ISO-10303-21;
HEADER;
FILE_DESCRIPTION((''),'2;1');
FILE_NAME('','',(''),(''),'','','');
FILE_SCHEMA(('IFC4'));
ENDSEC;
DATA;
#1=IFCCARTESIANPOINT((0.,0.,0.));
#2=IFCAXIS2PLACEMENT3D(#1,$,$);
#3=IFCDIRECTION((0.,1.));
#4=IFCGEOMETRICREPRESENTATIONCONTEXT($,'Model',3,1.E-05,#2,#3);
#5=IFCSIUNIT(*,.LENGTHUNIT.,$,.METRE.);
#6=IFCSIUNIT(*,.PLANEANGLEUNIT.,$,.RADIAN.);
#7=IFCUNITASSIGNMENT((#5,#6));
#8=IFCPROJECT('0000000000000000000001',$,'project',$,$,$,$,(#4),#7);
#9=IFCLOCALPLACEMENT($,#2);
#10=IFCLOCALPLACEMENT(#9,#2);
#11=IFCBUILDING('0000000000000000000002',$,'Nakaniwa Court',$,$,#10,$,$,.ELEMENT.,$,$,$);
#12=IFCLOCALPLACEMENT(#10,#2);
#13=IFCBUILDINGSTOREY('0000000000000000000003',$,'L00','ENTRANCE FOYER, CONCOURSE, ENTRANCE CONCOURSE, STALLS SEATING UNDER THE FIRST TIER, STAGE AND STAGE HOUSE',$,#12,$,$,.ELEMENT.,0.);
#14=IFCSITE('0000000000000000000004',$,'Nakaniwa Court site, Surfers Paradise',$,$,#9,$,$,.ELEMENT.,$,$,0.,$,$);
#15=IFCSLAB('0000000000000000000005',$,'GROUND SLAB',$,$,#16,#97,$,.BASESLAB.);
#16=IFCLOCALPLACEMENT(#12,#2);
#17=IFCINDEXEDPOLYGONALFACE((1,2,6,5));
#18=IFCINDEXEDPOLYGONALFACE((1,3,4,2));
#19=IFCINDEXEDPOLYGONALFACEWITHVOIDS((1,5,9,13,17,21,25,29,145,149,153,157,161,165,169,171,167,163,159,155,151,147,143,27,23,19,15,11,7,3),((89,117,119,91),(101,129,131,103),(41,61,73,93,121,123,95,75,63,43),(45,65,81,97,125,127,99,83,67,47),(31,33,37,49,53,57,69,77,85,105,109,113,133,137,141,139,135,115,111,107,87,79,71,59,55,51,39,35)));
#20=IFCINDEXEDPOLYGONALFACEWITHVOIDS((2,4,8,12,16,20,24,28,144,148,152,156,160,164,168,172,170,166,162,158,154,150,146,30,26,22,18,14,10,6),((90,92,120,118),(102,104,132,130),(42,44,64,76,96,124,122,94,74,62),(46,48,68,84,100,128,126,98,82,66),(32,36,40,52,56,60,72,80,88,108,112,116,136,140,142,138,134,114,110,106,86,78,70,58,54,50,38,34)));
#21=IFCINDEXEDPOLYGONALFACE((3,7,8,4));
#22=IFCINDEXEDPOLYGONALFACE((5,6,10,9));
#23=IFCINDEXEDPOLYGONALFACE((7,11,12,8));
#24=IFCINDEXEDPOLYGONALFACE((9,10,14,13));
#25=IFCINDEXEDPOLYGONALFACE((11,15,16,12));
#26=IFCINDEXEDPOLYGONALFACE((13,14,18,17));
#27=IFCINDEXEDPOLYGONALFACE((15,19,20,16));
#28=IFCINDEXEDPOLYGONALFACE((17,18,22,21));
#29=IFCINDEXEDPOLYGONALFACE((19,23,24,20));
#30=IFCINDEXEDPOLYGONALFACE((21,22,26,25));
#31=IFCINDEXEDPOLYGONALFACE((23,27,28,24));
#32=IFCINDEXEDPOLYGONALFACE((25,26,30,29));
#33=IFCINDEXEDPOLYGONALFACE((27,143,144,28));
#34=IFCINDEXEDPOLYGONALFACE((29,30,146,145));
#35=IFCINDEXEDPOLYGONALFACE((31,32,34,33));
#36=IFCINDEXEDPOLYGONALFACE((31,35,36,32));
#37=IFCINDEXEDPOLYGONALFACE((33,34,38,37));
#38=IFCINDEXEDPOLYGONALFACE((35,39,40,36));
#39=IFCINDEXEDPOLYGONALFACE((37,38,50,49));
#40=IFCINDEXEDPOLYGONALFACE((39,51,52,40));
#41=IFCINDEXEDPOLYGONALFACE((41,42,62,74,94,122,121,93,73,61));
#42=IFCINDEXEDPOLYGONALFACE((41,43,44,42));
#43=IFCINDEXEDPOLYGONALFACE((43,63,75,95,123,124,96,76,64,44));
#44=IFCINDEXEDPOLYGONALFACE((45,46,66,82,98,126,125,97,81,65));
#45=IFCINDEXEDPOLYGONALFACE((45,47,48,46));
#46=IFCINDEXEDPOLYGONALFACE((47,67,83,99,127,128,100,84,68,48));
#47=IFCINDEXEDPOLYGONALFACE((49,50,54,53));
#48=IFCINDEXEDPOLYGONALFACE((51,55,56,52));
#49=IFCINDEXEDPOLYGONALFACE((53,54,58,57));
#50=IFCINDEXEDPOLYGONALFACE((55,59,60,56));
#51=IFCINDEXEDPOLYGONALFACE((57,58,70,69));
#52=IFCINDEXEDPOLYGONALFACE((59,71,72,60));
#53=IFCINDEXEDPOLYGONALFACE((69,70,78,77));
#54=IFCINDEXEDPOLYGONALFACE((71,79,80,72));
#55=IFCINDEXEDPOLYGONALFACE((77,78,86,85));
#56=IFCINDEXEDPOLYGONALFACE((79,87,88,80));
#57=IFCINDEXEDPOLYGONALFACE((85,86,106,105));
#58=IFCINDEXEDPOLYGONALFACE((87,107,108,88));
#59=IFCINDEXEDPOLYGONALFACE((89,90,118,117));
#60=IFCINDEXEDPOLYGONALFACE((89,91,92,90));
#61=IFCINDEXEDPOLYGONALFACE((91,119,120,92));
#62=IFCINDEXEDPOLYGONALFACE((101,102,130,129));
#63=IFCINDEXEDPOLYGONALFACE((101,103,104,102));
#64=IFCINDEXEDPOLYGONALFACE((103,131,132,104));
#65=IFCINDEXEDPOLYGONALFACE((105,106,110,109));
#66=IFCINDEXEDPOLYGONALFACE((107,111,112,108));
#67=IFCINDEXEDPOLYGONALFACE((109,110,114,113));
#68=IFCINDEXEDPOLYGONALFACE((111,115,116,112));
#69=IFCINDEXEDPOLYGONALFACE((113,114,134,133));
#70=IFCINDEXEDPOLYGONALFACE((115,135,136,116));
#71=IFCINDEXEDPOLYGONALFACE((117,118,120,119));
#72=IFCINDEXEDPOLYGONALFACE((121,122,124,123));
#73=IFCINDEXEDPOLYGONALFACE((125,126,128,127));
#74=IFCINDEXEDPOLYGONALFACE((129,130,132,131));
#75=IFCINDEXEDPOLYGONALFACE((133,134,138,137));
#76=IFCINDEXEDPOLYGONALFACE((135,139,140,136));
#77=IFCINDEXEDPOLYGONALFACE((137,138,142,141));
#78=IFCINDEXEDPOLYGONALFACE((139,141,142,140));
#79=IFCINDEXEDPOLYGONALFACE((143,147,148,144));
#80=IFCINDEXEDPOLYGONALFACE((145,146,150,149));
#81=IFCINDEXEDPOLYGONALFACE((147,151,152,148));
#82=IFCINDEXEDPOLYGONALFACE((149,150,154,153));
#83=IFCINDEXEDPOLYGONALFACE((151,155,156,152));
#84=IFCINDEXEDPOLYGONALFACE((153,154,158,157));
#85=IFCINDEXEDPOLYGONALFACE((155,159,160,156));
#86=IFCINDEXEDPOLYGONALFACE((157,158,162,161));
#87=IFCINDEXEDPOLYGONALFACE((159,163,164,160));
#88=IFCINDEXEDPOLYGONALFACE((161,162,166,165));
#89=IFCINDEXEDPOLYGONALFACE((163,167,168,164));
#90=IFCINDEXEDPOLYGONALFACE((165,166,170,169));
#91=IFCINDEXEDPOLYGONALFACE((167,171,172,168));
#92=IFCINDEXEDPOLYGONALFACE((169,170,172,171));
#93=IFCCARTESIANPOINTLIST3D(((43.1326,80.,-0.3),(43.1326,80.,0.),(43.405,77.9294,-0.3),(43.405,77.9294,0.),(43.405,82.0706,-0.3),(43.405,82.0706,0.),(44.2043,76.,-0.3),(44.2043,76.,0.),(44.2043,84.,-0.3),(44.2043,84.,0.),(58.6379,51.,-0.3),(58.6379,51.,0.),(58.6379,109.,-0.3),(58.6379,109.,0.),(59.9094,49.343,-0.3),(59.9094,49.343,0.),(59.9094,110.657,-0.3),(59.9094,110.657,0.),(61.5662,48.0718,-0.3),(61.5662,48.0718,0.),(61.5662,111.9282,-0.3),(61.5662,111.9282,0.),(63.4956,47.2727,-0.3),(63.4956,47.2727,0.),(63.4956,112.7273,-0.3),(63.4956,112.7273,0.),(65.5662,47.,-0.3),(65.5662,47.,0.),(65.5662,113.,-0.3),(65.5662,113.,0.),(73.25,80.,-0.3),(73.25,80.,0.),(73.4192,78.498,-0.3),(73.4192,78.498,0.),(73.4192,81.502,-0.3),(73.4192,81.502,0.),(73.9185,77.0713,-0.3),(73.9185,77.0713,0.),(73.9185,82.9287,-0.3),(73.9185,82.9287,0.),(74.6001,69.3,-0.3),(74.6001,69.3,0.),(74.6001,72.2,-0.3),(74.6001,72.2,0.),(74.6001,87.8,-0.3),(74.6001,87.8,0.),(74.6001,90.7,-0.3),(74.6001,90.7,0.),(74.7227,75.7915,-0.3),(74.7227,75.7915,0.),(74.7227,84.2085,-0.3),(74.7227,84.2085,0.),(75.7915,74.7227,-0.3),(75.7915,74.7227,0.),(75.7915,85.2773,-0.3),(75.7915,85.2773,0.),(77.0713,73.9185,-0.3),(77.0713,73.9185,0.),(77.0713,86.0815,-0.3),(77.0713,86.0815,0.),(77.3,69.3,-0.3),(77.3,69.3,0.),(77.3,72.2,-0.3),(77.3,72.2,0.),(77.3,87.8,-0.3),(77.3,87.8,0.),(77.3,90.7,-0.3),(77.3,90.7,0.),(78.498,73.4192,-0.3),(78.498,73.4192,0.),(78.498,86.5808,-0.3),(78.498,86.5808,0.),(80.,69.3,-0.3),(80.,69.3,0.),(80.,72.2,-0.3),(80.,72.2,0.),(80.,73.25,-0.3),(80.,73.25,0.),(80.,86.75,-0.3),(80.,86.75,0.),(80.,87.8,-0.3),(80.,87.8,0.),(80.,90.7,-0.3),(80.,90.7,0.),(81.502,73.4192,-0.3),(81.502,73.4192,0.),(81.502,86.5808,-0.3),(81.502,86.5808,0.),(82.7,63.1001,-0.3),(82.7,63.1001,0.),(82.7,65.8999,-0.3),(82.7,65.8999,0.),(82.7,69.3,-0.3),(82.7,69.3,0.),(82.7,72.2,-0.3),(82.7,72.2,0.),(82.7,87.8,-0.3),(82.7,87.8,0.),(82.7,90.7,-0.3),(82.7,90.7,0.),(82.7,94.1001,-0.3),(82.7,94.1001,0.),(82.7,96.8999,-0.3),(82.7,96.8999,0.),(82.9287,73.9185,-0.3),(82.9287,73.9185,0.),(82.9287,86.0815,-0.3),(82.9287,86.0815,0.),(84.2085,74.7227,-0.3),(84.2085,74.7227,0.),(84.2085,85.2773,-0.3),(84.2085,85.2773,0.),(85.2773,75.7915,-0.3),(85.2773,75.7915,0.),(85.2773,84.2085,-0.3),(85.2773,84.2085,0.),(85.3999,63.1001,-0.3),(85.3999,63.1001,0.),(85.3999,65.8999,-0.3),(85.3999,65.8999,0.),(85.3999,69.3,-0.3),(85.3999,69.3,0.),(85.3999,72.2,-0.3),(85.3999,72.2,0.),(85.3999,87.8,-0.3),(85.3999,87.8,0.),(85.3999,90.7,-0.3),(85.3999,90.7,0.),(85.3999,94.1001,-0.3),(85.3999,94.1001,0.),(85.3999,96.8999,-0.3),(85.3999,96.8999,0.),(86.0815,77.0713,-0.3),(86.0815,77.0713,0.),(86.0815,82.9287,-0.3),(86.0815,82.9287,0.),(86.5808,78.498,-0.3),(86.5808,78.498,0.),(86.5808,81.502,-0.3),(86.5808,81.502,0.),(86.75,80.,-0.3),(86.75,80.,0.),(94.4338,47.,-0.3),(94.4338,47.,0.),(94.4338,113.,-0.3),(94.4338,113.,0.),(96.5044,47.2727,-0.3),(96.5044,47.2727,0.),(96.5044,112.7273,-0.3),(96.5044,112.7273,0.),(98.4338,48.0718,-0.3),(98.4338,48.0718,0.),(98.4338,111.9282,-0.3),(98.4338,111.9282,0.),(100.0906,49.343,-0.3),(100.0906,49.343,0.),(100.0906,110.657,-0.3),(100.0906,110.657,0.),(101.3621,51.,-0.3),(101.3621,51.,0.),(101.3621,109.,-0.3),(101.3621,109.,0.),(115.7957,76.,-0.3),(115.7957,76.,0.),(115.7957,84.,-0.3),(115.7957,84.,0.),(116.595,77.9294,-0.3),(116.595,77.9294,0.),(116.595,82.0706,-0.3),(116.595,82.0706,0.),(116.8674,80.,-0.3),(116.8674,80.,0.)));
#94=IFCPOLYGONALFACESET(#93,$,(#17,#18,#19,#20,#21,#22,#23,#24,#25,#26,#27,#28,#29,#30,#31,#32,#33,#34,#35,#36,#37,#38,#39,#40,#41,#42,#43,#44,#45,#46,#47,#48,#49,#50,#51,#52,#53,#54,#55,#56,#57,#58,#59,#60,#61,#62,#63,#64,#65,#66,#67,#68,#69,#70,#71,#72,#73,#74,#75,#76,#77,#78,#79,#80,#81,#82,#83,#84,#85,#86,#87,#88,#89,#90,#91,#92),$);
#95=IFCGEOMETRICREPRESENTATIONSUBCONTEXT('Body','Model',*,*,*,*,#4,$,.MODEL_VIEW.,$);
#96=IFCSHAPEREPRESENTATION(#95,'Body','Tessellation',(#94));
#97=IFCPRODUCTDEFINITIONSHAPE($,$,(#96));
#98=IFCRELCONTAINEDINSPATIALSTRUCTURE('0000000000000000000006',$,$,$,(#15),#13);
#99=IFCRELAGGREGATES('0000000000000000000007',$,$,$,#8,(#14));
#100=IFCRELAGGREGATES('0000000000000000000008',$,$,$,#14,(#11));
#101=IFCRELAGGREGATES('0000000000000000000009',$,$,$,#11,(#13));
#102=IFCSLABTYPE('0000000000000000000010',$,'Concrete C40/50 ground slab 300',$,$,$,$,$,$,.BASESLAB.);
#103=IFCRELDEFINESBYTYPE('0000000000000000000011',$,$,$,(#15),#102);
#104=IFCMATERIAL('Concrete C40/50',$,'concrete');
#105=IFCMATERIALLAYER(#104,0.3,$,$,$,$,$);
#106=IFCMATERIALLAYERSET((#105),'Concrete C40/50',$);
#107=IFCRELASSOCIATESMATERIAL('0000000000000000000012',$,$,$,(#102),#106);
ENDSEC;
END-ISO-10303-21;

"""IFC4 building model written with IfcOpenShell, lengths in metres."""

from ifc_helpers import new_model, si_unit, direction, frame, origin, place, context, subcontext, project, spatial, polyline, outline, extrude, material, layer, layer_set, type_object, element, save


model = new_model("IFC4")

# Units and contexts
model_context = context("Model", 3, precision=1e-05, world=origin(), true_north=direction((0.0, 1.0)))
body_context = subcontext(model_context, "Body", "Model", "MODEL_VIEW")
ifc_project = project(units=[si_unit("LENGTHUNIT", "METRE"), si_unit("PLANEANGLEUNIT", "RADIAN")], contexts=[model_context])

# Site, building, storey
site_placement = place(None, origin())
site = spatial("IfcSite", under=ifc_project, at=site_placement, Name="Nakaniwa Court site, Surfers Paradise", CompositionType="ELEMENT", RefElevation=0.0)
building_placement = place(site_placement, origin())
building = spatial("IfcBuilding", under=site, at=building_placement, Name="Nakaniwa Court", CompositionType="ELEMENT")
storey_placement = place(building_placement, origin())
storey = spatial("IfcBuildingStorey", under=building, at=storey_placement, Name="L00", Description="ENTRANCE FOYER, CONCOURSE, ENTRANCE CONCOURSE, STALLS SEATING UNDER THE FIRST TIER, STAGE AND STAGE HOUSE", CompositionType="ELEMENT", Elevation=0.0)

# Shared definitions
ifc_material_1 = material(Name="Concrete C40/50", Category="concrete")

# Slab
ifc_layer_1 = layer(ifc_material_1, 0.3)
ifc_layer_set_1 = layer_set([ifc_layer_1], Name="Concrete C40/50")
slab_type_1 = type_object("IfcSlabType", Name="Concrete C40/50 ground slab 300", PredefinedType="BASESLAB", material=ifc_layer_set_1)
slab_1_placement = place(storey_placement, frame((0.0, 0.0, -0.3)))
element("IfcSlab", 1, at=slab_1_placement, inside=storey, type_object=slab_type_1, Name="GROUND SLAB", PredefinedType="BASESLAB", context=body_context, shape_type="SweptSolid", body=[
    extrude(outline(polyline([(116.595, 82.0706), (115.7957, 84.0), (101.3621, 109.0), (100.0906, 110.657), (98.4338, 111.9282), (96.5044, 112.7273), (94.4338, 113.0), (65.5662, 113.0), (63.4956, 112.7273), (61.5662, 111.9282), (59.9094, 110.657), (58.6379, 109.0), (44.2043, 84.0), (43.405, 82.0706), (43.1326, 80.0), (43.405, 77.9294), (44.2043, 76.0), (58.6379, 51.0), (59.9094, 49.343), (61.5662, 48.0718), (63.4956, 47.2727), (65.5662, 47.0), (94.4338, 47.0), (96.5044, 47.2727), (98.4338, 48.0718), (100.0906, 49.343), (101.3621, 51.0), (115.7957, 76.0), (116.595, 77.9294), (116.8674, 80.0), (116.595, 82.0706)]), holes=[polyline([(86.0815, 82.9287), (85.2773, 84.2085), (84.2085, 85.2773), (82.9287, 86.0815), (81.502, 86.5808), (80.0, 86.75), (78.498, 86.5808), (77.0713, 86.0815), (75.7915, 85.2773), (74.7227, 84.2085), (73.9185, 82.9287), (73.4192, 81.502), (73.25, 80.0), (73.4192, 78.498), (73.9185, 77.0713), (74.7227, 75.7915), (75.7915, 74.7227), (77.0713, 73.9185), (78.498, 73.4192), (80.0, 73.25), (81.502, 73.4192), (82.9287, 73.9185), (84.2085, 74.7227), (85.2773, 75.7915), (86.0815, 77.0713), (86.5808, 78.498), (86.75, 80.0), (86.5808, 81.502), (86.0815, 82.9287)]), polyline([(82.7, 65.8999), (82.7, 63.1001), (85.3999, 63.1001), (85.3999, 65.8999), (82.7, 65.8999)]), polyline([(74.6001, 72.2), (74.6001, 69.3), (77.3, 69.3), (80.0, 69.3), (82.7, 69.3), (85.3999, 69.3), (85.3999, 72.2), (82.7, 72.2), (80.0, 72.2), (77.3, 72.2), (74.6001, 72.2)]), polyline([(74.6001, 90.7), (74.6001, 87.8), (77.3, 87.8), (80.0, 87.8), (82.7, 87.8), (85.3999, 87.8), (85.3999, 90.7), (82.7, 90.7), (80.0, 90.7), (77.3, 90.7), (74.6001, 90.7)]), polyline([(85.3999, 96.8999), (82.7, 96.8999), (82.7, 94.1001), (85.3999, 94.1001), (85.3999, 96.8999)])]), origin(), (0.0, 0.0, 1.0), 0.3),
])

save(model, "model.ifc")
